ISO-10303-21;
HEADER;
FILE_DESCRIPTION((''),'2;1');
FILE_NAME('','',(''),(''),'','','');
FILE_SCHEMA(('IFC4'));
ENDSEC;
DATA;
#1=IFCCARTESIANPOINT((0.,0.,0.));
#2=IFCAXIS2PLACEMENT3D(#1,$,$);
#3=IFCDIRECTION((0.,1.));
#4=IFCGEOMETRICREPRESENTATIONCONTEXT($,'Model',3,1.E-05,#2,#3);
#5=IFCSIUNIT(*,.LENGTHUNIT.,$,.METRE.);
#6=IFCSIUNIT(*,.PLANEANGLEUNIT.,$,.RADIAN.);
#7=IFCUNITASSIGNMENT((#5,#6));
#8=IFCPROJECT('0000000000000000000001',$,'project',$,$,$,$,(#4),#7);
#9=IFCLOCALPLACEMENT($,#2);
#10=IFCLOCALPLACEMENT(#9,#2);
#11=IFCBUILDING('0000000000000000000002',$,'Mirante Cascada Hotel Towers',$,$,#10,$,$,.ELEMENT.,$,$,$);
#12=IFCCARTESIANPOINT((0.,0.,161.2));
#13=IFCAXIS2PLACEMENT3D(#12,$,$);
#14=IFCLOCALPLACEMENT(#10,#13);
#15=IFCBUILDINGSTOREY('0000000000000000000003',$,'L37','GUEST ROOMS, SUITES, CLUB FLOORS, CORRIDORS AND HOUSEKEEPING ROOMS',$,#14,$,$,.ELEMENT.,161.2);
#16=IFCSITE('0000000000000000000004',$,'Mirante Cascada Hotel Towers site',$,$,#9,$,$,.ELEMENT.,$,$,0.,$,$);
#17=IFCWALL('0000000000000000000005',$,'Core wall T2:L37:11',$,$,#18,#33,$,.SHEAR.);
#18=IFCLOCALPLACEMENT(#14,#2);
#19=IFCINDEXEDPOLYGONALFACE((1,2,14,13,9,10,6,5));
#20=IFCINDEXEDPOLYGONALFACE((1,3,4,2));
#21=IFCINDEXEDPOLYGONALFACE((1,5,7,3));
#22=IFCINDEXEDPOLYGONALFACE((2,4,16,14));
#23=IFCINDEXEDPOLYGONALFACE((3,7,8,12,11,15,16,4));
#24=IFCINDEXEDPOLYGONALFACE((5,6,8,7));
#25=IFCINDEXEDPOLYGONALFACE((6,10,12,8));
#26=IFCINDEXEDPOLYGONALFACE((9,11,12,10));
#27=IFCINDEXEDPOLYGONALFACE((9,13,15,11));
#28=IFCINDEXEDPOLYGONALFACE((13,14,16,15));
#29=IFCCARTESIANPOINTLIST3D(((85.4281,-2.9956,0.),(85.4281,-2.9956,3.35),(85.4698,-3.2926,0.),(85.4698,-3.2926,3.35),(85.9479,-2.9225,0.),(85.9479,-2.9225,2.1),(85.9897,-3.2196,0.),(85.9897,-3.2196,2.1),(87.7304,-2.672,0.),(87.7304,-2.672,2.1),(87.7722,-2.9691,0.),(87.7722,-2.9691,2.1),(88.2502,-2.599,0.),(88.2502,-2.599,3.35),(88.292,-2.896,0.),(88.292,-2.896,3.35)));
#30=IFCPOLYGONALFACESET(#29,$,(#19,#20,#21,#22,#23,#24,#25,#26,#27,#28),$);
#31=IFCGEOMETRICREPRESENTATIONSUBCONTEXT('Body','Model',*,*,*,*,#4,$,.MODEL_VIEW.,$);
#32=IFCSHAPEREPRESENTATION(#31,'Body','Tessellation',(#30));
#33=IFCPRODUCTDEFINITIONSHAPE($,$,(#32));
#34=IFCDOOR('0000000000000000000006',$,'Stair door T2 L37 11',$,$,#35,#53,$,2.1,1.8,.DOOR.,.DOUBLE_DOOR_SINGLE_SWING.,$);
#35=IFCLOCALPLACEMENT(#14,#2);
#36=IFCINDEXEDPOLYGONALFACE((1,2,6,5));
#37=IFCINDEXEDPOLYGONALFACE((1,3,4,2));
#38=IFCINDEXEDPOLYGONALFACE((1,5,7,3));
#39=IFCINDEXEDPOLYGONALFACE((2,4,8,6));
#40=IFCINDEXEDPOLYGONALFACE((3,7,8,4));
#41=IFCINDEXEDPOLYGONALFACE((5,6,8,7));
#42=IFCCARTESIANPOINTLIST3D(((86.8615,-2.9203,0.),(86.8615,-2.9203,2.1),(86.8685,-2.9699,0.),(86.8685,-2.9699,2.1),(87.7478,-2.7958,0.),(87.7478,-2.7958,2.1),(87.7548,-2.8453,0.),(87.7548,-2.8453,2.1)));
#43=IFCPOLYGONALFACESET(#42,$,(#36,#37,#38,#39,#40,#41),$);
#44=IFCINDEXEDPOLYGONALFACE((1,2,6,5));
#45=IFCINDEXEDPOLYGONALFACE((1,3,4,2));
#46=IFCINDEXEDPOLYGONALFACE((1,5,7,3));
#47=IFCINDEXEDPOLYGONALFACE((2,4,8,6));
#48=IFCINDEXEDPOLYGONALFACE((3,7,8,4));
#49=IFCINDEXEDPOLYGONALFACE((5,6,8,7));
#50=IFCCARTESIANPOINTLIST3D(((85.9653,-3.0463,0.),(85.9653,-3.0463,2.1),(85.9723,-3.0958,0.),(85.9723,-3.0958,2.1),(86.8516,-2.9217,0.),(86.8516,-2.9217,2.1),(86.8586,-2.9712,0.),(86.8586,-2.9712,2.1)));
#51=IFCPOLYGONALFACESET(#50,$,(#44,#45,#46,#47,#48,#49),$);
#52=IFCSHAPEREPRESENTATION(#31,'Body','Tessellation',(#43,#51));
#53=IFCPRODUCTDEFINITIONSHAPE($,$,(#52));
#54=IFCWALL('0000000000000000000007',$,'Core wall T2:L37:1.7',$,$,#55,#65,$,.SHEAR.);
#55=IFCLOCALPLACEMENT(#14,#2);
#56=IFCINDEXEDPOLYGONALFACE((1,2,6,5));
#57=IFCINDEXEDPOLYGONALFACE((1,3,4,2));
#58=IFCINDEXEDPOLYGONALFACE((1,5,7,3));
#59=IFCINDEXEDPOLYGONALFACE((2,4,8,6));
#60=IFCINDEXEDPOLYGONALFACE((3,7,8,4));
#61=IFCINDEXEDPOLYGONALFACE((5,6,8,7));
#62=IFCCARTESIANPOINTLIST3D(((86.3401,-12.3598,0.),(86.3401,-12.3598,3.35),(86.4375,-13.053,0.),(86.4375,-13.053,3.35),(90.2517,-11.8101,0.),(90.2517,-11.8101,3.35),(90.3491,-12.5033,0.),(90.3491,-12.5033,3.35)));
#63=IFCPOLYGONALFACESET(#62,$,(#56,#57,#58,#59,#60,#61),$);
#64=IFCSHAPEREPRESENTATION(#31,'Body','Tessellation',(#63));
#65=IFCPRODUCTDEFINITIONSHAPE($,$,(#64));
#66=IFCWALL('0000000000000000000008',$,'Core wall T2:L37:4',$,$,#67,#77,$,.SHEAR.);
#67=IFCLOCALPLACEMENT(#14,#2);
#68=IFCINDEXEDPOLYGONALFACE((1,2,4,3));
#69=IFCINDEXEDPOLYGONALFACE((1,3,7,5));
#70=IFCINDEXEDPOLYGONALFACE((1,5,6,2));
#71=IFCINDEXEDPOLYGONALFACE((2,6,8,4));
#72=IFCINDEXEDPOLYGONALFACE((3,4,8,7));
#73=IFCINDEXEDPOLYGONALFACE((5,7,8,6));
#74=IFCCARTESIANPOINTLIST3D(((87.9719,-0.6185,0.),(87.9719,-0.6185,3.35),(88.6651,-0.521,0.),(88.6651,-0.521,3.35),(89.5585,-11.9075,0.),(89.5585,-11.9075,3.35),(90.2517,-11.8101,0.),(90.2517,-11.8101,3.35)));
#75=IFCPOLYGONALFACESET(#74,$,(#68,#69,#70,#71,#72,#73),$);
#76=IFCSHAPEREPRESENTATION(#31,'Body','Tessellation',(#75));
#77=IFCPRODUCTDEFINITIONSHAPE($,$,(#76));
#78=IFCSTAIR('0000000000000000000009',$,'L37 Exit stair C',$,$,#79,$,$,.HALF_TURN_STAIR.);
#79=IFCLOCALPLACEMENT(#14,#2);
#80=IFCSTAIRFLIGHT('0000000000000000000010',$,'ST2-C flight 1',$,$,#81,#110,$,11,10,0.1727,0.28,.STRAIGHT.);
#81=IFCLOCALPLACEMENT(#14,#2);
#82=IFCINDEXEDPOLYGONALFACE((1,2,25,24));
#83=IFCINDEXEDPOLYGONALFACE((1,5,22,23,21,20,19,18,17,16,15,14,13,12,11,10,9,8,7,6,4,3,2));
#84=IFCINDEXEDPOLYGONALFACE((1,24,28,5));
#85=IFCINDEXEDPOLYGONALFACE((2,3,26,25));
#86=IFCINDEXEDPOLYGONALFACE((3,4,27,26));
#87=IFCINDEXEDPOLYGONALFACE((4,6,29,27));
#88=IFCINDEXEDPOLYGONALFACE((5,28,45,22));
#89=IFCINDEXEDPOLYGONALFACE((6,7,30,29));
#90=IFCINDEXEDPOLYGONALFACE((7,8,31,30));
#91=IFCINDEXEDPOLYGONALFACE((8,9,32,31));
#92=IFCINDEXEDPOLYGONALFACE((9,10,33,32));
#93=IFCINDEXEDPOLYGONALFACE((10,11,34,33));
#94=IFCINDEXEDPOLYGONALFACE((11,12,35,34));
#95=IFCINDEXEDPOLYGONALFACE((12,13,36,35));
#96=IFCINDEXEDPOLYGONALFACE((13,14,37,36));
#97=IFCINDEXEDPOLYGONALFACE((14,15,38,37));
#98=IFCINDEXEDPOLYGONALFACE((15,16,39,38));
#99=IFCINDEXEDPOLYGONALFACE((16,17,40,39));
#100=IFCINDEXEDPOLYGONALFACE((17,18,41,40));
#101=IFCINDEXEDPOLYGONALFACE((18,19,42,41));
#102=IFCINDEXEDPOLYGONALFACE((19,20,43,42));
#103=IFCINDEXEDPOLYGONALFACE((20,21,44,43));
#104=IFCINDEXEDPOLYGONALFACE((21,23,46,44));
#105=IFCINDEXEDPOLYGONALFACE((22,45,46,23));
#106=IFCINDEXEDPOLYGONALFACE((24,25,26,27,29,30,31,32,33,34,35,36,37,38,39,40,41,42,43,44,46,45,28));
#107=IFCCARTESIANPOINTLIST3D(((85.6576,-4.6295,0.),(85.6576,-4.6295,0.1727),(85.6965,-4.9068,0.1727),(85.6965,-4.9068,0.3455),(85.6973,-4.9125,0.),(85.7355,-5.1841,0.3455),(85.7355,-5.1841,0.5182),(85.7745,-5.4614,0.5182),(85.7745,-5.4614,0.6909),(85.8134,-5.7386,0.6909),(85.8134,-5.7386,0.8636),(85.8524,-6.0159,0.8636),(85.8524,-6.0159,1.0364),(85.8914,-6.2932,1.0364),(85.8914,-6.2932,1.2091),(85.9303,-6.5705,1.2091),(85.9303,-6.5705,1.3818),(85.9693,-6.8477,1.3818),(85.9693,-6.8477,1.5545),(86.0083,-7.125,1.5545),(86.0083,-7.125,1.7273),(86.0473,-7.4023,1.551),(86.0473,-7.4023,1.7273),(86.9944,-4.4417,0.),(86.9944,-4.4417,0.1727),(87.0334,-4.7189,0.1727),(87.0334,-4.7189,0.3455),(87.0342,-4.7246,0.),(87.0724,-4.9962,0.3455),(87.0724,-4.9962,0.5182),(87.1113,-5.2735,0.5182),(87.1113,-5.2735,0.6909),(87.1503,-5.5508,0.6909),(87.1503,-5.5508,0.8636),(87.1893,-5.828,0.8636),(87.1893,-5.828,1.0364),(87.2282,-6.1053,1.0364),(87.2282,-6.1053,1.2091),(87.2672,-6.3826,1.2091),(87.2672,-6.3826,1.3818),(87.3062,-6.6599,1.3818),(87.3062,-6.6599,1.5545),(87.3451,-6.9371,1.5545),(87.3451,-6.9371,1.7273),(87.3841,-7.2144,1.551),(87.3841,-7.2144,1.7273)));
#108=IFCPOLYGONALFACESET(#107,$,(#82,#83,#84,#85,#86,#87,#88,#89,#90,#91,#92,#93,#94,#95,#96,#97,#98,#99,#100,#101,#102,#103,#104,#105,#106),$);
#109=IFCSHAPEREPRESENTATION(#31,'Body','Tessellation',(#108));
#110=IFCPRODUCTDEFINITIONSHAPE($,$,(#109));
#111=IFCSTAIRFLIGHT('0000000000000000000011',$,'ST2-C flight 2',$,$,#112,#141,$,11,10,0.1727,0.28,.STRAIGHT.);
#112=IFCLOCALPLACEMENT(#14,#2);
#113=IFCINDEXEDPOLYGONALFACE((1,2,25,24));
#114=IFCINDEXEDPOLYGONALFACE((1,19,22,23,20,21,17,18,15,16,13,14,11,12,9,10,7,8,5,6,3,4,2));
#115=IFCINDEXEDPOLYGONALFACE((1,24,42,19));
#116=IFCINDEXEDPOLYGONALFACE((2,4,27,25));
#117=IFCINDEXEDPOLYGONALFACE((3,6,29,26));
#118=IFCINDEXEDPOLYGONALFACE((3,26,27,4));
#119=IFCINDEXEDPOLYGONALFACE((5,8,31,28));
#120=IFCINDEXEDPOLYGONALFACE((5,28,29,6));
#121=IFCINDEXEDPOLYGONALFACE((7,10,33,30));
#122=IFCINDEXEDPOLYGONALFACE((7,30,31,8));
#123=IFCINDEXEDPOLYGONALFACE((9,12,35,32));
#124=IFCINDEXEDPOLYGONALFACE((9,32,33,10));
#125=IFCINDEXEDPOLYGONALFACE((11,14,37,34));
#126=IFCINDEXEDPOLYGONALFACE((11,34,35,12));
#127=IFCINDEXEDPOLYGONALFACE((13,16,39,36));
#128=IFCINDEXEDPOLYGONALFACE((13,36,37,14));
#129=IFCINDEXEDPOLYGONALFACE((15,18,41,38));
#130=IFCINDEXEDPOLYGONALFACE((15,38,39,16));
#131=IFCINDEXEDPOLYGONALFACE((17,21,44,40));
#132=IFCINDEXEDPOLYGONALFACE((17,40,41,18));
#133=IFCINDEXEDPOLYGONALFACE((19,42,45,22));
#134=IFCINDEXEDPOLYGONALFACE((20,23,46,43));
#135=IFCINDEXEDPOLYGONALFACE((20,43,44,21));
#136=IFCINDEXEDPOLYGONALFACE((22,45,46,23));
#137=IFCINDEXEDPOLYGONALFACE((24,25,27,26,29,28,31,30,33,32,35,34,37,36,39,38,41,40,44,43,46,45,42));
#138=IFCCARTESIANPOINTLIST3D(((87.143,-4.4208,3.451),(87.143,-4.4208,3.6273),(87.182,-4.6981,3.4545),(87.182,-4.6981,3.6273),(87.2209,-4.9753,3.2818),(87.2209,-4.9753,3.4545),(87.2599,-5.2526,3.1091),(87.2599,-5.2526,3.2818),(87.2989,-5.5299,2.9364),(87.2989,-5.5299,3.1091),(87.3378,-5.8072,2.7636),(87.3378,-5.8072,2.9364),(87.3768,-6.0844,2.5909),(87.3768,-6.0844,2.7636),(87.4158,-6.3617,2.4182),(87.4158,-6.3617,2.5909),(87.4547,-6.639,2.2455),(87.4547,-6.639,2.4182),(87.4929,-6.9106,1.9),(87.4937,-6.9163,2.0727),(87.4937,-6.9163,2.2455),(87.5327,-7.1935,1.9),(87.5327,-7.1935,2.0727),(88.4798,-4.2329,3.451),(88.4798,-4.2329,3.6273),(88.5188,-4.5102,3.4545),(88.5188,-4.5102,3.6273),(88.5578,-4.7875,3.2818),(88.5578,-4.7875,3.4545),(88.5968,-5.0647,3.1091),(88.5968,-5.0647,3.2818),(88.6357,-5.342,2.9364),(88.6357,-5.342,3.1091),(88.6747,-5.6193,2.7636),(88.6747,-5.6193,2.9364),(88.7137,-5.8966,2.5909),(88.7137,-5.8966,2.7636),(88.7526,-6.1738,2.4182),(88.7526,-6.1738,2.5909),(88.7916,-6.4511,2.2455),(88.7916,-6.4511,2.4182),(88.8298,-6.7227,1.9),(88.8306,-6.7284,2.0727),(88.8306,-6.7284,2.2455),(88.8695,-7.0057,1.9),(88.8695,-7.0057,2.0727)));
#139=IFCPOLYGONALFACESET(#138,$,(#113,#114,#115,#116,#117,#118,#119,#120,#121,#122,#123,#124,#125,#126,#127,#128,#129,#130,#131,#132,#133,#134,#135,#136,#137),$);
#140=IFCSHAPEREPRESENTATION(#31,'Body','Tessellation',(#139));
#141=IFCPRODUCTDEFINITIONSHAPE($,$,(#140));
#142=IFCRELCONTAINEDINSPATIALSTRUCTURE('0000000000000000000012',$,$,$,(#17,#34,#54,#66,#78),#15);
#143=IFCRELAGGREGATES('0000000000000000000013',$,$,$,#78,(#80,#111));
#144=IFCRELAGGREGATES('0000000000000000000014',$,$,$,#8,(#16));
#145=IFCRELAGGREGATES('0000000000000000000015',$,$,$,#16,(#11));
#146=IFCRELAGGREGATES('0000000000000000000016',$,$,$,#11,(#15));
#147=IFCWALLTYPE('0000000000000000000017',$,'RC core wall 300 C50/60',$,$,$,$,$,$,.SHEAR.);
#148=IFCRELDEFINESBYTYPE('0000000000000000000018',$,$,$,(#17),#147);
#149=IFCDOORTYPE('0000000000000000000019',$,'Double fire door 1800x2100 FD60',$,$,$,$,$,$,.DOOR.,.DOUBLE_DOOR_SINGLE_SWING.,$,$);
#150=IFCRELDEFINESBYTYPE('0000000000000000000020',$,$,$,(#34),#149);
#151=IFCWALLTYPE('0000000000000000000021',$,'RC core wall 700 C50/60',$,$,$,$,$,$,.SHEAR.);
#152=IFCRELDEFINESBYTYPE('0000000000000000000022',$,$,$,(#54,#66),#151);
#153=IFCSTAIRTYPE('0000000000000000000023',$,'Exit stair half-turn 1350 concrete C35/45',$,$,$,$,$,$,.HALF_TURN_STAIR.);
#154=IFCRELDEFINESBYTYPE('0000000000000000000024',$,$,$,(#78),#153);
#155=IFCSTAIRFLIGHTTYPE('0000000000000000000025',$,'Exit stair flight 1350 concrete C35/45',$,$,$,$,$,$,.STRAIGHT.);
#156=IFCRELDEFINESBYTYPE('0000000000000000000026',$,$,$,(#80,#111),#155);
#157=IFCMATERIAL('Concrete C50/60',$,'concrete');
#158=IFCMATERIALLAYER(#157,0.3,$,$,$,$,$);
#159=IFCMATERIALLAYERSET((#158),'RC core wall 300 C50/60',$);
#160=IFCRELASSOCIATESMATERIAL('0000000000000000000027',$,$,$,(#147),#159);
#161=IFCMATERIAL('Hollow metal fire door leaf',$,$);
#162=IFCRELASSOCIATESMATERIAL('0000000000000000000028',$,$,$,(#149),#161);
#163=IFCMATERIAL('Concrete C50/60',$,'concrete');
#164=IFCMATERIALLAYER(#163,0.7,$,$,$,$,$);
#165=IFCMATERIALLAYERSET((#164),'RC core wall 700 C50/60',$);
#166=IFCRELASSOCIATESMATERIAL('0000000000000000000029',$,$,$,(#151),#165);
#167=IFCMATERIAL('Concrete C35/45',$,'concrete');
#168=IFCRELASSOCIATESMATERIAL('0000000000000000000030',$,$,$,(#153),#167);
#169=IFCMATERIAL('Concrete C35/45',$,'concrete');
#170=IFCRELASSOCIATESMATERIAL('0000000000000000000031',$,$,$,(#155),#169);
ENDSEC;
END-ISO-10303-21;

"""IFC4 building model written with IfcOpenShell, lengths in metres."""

from ifc_helpers import new_model, si_unit, direction, frame, frame_2d, origin, place, context, subcontext, project, spatial, polyline, rectangle, outline, extrude, material, layer, layer_set, type_object, element, fill, aggregate, save


model = new_model("IFC4")

# Units and contexts
model_context = context("Model", 3, precision=1e-05, world=origin(), true_north=direction((0.0, 1.0)))
body_context = subcontext(model_context, "Body", "Model", "MODEL_VIEW")
ifc_project = project(units=[si_unit("LENGTHUNIT", "METRE"), si_unit("PLANEANGLEUNIT", "RADIAN")], contexts=[model_context])

# Site, building, storey
site_placement = place(None, origin())
site = spatial("IfcSite", under=ifc_project, at=site_placement, Name="Mirante Cascada Hotel Towers site", CompositionType="ELEMENT", RefElevation=0.0)
building_placement = place(site_placement, origin())
building = spatial("IfcBuilding", under=site, at=building_placement, Name="Mirante Cascada Hotel Towers", CompositionType="ELEMENT")
storey_placement = place(building_placement, frame((0.0, 0.0, 161.2)))
storey = spatial("IfcBuildingStorey", under=building, at=storey_placement, Name="L37", Description="GUEST ROOMS, SUITES, CLUB FLOORS, CORRIDORS AND HOUSEKEEPING ROOMS", CompositionType="ELEMENT", Elevation=161.2)

# Shared definitions
ifc_material_1 = material(Name="Concrete C50/60", Category="concrete")
ifc_layer_1 = layer(ifc_material_1, 0.3)
ifc_layer_set_1 = layer_set([ifc_layer_1], Name="RC core wall 300 C50/60")
wall_type_1 = type_object("IfcWallType", Name="RC core wall 300 C50/60", PredefinedType="SHEAR", material=ifc_layer_set_1)

# Wall, opening, door
wall_1_placement = place(storey_placement, frame((85.4489, -3.1441, 0.0), z_axis=(0.0, 0.0, 1.0), x_axis=(0.99027, 0.139161, 0.0)))
wall_1 = element("IfcWall", 1, at=wall_1_placement, inside=storey, type_object=wall_type_1, Name="Core wall T2:L37:11", PredefinedType="SHEAR", context=body_context, shape_type="SweptSolid", body=[
    extrude(rectangle(XDim=2.8499, YDim=0.3, at=frame_2d((1.425, 0.0))), origin(), (0.0, 0.0, 1.0), 3.35),
])
opening_1_placement = place(wall_1_placement, frame((0.525, 0.0, 0.0)))
opening_1 = element("IfcOpeningElement", 2, at=opening_1_placement, cuts=wall_1, PredefinedType="OPENING", context=body_context, shape_type="SweptSolid", body=[
    extrude(rectangle(XDim=1.8, YDim=2.1, at=frame_2d((0.9, 1.05))), frame((0.0, 0.15, 0.0), z_axis=(0.0, -1.0, 0.0), x_axis=(1.0, 0.0, 0.0)), (0.0, 0.0, 1.0), 0.3),
])
ifc_material_2 = material(Name="Hollow metal fire door leaf")
door_type_1 = type_object("IfcDoorType", Name="Double fire door 1800x2100 FD60", OperationType="DOUBLE_DOOR_SINGLE_SWING", PredefinedType="DOOR", material=ifc_material_2)
door_1_placement = place(opening_1_placement, frame((1.8, 0.0, 0.0), z_axis=(0.0, 0.0, 1.0), x_axis=(-1.0, 0.0, 0.0)))
door_1 = element("IfcDoor", 3, at=door_1_placement, inside=storey, type_object=door_type_1, Name="Stair door T2 L37 11", OperationType="DOUBLE_DOOR_SINGLE_SWING", OverallHeight=2.1, OverallWidth=1.8, PredefinedType="DOOR", context=body_context, shape_type="SweptSolid", body=[
    extrude(rectangle(XDim=0.895, YDim=2.1, at=frame_2d((0.4475, 1.05))), frame((0.0, 0.025, 0.0), z_axis=(0.0, -1.0, 0.0), x_axis=(1.0, 0.0, 0.0)), (0.0, 0.0, 1.0), 0.05),
    extrude(rectangle(XDim=0.895, YDim=2.1, at=frame_2d((1.3525, 1.05))), frame((0.0, 0.025, 0.0), z_axis=(0.0, -1.0, 0.0), x_axis=(1.0, 0.0, 0.0)), (0.0, 0.0, 1.0), 0.05),
])
fill(opening_1, door_1)

# Walls
ifc_material_3 = material(Name="Concrete C50/60", Category="concrete")
ifc_layer_2 = layer(ifc_material_3, 0.7)
ifc_layer_set_2 = layer_set([ifc_layer_2], Name="RC core wall 700 C50/60")
wall_type_2 = type_object("IfcWallType", Name="RC core wall 700 C50/60", PredefinedType="SHEAR", material=ifc_layer_set_2)
wall_2_placement = place(storey_placement, frame((86.3888, -12.7064, 0.0), z_axis=(0.0, 0.0, 1.0), x_axis=(0.990269, 0.139163, 0.0)))
element("IfcWall", 4, at=wall_2_placement, inside=storey, type_object=wall_type_2, Name="Core wall T2:L37:1.7", PredefinedType="SHEAR", context=body_context, shape_type="SweptSolid", body=[
    extrude(rectangle(XDim=3.95, YDim=0.7, at=frame_2d((1.975, 0.0))), origin(), (0.0, 0.0, 1.0), 3.35),
])
wall_3_placement = place(storey_placement, frame((89.9051, -11.8588, 0.0), z_axis=(0.0, 0.0, 1.0), x_axis=(-0.139175, 0.990268, 0.0)))
element("IfcWall", 5, at=wall_3_placement, inside=storey, type_object=wall_type_2, Name="Core wall T2:L37:4", PredefinedType="SHEAR", context=body_context, shape_type="SweptSolid", body=[
    extrude(rectangle(XDim=11.4, YDim=0.7, at=frame_2d((5.7, 0.0))), origin(), (0.0, 0.0, 1.0), 3.35),
])

# Stair, stair flights
ifc_material_4 = material(Name="Concrete C35/45", Category="concrete")
stair_type = type_object("IfcStairType", Name="Exit stair half-turn 1350 concrete C35/45", PredefinedType="HALF_TURN_STAIR", material=ifc_material_4)
stair_placement = place(storey_placement, origin())
stair = element("IfcStair", 6, at=stair_placement, inside=storey, type_object=stair_type, Name="L37 Exit stair C", PredefinedType="HALF_TURN_STAIR")
ifc_material_5 = material(Name="Concrete C35/45", Category="concrete")
stair_flight_type = type_object("IfcStairFlightType", Name="Exit stair flight 1350 concrete C35/45", PredefinedType="STRAIGHT", material=ifc_material_5)
stair_flight_1_placement = place(storey_placement, frame((86.326, -4.5356, 0.0), z_axis=(0.0, 0.0, 1.0), x_axis=(0.139173, -0.990268, 0.0)))
stair_flight_1 = element("IfcStairFlight", 7, at=stair_flight_1_placement, type_object=stair_flight_type, Name="ST2-C flight 1", NumberOfRisers=11, NumberOfTreads=10, PredefinedType="STRAIGHT", RiserHeight=0.1727, TreadLength=0.28, context=body_context, shape_type="SweptSolid", body=[
    extrude(outline(polyline([(0.0, 0.0), (0.0, 0.1727), (0.28, 0.1727), (0.28, 0.3455), (0.56, 0.3455), (0.56, 0.5182), (0.84, 0.5182), (0.84, 0.6909), (1.12, 0.6909), (1.12, 0.8636), (1.4, 0.8636), (1.4, 1.0364), (1.68, 1.0364), (1.68, 1.2091), (1.96, 1.2091), (1.96, 1.3818), (2.24, 1.3818), (2.24, 1.5545), (2.52, 1.5545), (2.52, 1.7273), (2.8, 1.7273), (2.8, 1.9), (2.8, 1.551), (0.2857, 0.0), (0.0, 0.0)])), frame((0.0, 0.675, 0.0), z_axis=(0.0, -1.0, 0.0), x_axis=(1.0, 0.0, 0.0)), (0.0, 0.0, 1.0), 1.35),
])
stair_flight_2_placement = place(storey_placement, frame((88.2011, -7.0996, 1.9), z_axis=(0.0, 0.0, 1.0), x_axis=(-0.139173, 0.990268, 0.0)))
stair_flight_2 = element("IfcStairFlight", 8, at=stair_flight_2_placement, type_object=stair_flight_type, Name="ST2-C flight 2", NumberOfRisers=11, NumberOfTreads=10, PredefinedType="STRAIGHT", RiserHeight=0.1727, TreadLength=0.28, context=body_context, shape_type="SweptSolid", body=[
    extrude(outline(polyline([(0.0, 0.0), (0.0, 0.1727), (0.28, 0.1727), (0.28, 0.3455), (0.56, 0.3455), (0.56, 0.5182), (0.84, 0.5182), (0.84, 0.6909), (1.12, 0.6909), (1.12, 0.8636), (1.4, 0.8636), (1.4, 1.0364), (1.68, 1.0364), (1.68, 1.2091), (1.96, 1.2091), (1.96, 1.3818), (2.24, 1.3818), (2.24, 1.5545), (2.52, 1.5545), (2.52, 1.7273), (2.8, 1.7273), (2.8, 1.9), (2.8, 1.551), (0.2857, 0.0), (0.0, 0.0)])), frame((0.0, 0.675, 0.0), z_axis=(0.0, -1.0, 0.0), x_axis=(1.0, 0.0, 0.0)), (0.0, 0.0, 1.0), 1.35),
])
aggregate(stair, [stair_flight_1, stair_flight_2])

save(model, "model.ifc")
